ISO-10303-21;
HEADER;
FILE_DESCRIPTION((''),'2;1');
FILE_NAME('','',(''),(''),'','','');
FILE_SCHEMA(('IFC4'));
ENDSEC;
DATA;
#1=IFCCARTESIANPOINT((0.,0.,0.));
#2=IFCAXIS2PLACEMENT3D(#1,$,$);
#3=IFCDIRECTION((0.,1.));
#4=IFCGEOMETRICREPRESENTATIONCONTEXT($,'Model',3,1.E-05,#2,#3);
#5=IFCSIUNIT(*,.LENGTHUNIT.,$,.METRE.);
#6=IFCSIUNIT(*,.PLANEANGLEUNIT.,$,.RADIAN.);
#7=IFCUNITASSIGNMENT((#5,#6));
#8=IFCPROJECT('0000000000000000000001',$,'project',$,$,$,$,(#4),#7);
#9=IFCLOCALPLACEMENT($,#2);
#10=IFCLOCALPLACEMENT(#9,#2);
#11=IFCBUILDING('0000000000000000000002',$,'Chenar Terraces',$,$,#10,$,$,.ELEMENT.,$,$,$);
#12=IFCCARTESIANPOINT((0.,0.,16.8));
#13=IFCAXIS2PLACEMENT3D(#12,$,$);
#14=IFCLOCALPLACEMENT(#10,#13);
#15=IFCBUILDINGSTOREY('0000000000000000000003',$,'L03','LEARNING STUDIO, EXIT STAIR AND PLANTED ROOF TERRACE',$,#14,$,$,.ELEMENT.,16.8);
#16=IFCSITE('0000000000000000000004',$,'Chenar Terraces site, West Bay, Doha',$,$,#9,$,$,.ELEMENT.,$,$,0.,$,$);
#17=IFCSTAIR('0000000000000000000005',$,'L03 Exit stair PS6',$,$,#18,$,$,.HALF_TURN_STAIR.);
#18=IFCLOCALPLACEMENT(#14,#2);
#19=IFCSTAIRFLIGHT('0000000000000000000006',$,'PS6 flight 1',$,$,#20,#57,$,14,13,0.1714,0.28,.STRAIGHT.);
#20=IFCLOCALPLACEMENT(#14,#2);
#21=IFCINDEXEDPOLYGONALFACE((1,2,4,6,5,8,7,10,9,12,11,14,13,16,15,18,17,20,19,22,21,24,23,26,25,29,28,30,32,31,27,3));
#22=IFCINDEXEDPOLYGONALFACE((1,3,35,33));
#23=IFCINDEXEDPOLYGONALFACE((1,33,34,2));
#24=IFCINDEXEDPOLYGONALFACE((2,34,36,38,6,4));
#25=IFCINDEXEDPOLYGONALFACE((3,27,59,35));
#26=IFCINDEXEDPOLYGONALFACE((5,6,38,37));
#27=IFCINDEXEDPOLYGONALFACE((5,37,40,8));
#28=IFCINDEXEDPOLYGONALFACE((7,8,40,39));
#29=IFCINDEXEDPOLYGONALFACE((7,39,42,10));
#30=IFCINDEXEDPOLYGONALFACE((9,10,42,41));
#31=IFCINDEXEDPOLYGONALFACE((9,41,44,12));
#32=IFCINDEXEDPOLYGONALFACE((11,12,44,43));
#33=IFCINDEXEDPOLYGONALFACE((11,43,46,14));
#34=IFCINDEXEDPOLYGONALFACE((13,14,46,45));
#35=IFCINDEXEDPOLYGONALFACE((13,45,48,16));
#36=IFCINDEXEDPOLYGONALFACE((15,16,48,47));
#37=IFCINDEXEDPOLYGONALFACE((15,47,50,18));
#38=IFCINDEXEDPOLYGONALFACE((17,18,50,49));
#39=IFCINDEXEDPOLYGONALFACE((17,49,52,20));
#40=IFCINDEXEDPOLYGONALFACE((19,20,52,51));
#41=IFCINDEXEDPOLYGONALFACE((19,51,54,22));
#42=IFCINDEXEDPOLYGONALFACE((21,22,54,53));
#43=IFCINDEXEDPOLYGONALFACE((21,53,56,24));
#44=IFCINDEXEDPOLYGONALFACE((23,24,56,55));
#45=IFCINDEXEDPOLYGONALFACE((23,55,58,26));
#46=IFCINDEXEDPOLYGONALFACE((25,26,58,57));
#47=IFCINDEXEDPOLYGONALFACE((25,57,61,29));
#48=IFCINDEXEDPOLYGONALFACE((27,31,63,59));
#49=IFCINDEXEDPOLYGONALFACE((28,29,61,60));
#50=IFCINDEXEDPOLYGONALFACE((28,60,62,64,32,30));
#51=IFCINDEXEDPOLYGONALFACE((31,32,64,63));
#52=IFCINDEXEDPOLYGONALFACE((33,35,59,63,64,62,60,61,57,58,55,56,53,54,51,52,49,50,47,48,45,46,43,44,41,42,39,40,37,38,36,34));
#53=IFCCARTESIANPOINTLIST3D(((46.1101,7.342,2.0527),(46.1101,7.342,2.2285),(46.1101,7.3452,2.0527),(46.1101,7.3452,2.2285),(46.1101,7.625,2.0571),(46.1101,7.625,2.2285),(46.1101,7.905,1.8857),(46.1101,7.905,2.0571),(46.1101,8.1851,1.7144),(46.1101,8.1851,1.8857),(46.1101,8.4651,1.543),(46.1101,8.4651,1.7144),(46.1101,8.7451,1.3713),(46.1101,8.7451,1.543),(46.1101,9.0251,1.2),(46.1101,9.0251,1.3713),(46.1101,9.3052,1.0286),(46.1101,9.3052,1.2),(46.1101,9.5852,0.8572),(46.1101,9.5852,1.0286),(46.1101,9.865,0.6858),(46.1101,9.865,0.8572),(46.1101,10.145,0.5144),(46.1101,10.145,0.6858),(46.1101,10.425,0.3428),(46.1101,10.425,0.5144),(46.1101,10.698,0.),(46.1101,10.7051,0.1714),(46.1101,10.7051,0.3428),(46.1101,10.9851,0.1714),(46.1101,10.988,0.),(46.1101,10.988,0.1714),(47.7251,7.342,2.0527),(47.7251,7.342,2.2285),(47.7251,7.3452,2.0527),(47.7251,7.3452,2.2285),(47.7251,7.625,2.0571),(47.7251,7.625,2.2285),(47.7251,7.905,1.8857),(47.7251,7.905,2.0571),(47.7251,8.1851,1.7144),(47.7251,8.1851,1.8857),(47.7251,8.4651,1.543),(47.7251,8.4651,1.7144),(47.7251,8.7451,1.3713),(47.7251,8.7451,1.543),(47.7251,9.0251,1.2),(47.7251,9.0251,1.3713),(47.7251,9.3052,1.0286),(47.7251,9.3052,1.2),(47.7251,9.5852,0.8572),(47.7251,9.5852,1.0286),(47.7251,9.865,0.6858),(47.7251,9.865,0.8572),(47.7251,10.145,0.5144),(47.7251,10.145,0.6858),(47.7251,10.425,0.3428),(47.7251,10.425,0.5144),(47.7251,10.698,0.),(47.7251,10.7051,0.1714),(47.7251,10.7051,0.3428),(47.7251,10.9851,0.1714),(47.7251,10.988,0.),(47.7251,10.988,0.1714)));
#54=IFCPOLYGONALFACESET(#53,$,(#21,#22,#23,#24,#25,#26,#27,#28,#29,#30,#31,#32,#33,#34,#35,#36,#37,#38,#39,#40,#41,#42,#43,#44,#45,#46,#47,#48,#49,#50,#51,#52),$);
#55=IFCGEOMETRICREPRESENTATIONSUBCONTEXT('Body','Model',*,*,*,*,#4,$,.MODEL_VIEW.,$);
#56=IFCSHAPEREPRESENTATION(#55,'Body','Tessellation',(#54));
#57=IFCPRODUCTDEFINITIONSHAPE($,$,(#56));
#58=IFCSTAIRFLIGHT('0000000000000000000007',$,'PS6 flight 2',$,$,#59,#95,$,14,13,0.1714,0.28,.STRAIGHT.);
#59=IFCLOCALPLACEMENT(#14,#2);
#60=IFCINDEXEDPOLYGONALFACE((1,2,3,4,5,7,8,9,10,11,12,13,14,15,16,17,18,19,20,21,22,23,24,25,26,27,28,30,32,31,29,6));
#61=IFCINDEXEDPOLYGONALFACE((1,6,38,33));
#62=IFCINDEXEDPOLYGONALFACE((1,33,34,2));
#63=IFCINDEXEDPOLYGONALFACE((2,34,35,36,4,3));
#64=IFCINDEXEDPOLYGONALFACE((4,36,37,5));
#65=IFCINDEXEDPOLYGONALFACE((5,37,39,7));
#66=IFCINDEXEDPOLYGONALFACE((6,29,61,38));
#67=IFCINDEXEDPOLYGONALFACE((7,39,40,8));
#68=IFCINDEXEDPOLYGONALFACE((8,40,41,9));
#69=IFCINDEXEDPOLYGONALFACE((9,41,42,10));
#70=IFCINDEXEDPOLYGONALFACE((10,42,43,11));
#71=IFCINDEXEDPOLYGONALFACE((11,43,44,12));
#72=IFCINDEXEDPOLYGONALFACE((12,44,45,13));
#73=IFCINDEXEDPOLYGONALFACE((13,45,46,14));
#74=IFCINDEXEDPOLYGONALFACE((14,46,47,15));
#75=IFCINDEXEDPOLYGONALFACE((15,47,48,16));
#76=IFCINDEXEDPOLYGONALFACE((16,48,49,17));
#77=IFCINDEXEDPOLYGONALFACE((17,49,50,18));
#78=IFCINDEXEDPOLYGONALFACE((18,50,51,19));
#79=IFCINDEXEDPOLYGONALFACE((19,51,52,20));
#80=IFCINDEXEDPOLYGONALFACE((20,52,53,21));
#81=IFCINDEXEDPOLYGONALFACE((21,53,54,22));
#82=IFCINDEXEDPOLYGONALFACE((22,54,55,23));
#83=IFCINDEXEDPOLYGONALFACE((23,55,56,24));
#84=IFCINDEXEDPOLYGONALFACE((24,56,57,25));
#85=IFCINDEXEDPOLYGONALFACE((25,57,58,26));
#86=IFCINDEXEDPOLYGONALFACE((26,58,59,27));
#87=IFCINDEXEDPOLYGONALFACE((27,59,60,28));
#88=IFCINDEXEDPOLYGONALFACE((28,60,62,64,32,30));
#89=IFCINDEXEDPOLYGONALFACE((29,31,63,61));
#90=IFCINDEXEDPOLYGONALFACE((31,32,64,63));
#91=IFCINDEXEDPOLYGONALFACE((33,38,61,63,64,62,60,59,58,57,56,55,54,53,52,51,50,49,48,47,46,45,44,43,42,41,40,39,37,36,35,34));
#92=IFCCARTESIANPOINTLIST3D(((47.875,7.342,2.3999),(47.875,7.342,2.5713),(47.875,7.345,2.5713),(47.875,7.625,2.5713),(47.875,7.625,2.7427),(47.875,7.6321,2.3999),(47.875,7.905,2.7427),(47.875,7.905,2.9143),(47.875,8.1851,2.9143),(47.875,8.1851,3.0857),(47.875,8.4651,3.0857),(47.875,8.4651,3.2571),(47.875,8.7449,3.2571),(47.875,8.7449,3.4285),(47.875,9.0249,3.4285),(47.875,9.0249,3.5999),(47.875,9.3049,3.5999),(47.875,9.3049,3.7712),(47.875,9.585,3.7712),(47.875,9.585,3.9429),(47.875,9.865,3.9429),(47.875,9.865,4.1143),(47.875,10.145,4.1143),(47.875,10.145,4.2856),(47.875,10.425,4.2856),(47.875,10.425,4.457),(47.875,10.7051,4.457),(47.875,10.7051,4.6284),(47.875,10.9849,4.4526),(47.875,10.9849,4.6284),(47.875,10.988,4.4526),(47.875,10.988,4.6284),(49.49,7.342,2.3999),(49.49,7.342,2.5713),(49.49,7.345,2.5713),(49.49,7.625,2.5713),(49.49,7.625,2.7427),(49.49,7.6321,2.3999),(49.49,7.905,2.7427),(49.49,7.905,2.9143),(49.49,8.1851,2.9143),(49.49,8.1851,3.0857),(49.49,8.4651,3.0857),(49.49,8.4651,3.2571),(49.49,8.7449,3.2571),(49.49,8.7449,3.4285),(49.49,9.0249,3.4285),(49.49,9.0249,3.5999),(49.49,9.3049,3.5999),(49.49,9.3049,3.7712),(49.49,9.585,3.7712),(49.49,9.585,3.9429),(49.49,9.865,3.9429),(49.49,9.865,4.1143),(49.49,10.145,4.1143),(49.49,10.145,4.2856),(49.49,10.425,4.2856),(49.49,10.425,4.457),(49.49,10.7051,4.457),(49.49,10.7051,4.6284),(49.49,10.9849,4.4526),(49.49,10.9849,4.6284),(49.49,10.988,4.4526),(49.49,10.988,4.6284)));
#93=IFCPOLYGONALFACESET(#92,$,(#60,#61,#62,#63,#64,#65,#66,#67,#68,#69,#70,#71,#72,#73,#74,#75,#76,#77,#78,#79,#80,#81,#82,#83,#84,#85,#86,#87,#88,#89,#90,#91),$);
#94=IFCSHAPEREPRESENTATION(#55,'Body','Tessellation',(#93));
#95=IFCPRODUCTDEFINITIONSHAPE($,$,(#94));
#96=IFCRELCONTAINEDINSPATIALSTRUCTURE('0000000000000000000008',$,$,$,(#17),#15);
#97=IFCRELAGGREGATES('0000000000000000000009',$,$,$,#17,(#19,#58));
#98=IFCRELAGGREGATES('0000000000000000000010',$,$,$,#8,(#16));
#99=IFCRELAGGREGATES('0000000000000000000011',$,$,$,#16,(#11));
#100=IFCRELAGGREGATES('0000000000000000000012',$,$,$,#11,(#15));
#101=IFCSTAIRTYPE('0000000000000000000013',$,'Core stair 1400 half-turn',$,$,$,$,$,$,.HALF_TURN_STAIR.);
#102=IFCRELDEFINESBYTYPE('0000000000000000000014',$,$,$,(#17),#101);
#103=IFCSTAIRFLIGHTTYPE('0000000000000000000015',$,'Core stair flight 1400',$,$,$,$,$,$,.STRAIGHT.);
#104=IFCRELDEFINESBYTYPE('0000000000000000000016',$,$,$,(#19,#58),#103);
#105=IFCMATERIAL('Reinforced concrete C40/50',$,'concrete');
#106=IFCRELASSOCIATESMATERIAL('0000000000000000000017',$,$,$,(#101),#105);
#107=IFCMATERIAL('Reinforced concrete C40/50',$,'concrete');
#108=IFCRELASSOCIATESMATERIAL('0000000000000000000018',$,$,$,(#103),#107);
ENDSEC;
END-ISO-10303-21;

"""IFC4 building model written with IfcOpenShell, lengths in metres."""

from ifc_helpers import new_model, si_unit, direction, frame, origin, place, context, subcontext, project, spatial, polyline, outline, extrude, material, type_object, element, aggregate, save


model = new_model("IFC4")

# Units and contexts
model_context = context("Model", 3, precision=1e-05, world=origin(), true_north=direction((0.0, 1.0)))
body_context = subcontext(model_context, "Body", "Model", "MODEL_VIEW")
ifc_project = project(units=[si_unit("LENGTHUNIT", "METRE"), si_unit("PLANEANGLEUNIT", "RADIAN")], contexts=[model_context])

# Site, building, storey
site_placement = place(None, origin())
site = spatial("IfcSite", under=ifc_project, at=site_placement, Name="Chenar Terraces site, West Bay, Doha", CompositionType="ELEMENT", RefElevation=0.0)
building_placement = place(site_placement, origin())
building = spatial("IfcBuilding", under=site, at=building_placement, Name="Chenar Terraces", CompositionType="ELEMENT")
storey_placement = place(building_placement, frame((0.0, 0.0, 16.8)))
storey = spatial("IfcBuildingStorey", under=building, at=storey_placement, Name="L03", Description="LEARNING STUDIO, EXIT STAIR AND PLANTED ROOF TERRACE", CompositionType="ELEMENT", Elevation=16.8)

# Shared definitions
ifc_material_1 = material(Name="Reinforced concrete C40/50", Category="concrete")
stair_type = type_object("IfcStairType", Name="Core stair 1400 half-turn", PredefinedType="HALF_TURN_STAIR", material=ifc_material_1)
placement = place(storey_placement, origin())
ifc_material_2 = material(Name="Reinforced concrete C40/50", Category="concrete")
stair_flight_type = type_object("IfcStairFlightType", Name="Core stair flight 1400", PredefinedType="STRAIGHT", material=ifc_material_2)

# Stair, stair flights
stair_1 = element("IfcStair", 1, at=placement, inside=storey, type_object=stair_type, Name="L03 Exit stair PS6", PredefinedType="HALF_TURN_STAIR")
stair_flight_1_placement = place(storey_placement, frame((46.9175, 10.9851, 0.0), z_axis=(0.0, 0.0, 1.0), x_axis=(0.0, -1.0, 0.0)))
stair_flight_1 = element("IfcStairFlight", 2, at=stair_flight_1_placement, type_object=stair_flight_type, Name="PS6 flight 1", NumberOfRisers=14, NumberOfTreads=13, PredefinedType="STRAIGHT", RiserHeight=0.1714, TreadLength=0.28, context=body_context, shape_type="SweptSolid", body=[
    extrude(outline(polyline([(-0.0029, 0.0), (-0.0029, 0.1714), (0.0, 0.1714), (0.28, 0.1714), (0.28, 0.3428), (0.5601, 0.3428), (0.5601, 0.5144), (0.8401, 0.5144), (0.8401, 0.6858), (1.1201, 0.6858), (1.1201, 0.8572), (1.3999, 0.8572), (1.3999, 1.0286), (1.6799, 1.0286), (1.6799, 1.2), (1.96, 1.2), (1.96, 1.3713), (2.24, 1.3713), (2.24, 1.543), (2.52, 1.543), (2.52, 1.7144), (2.8, 1.7144), (2.8, 1.8857), (3.0801, 1.8857), (3.0801, 2.0571), (3.3601, 2.0571), (3.3601, 2.2285), (3.6399, 2.2285), (3.6431, 2.2285), (3.6431, 2.0527), (3.6399, 2.0527), (0.2871, 0.0), (-0.0029, 0.0)])), frame((0.0, 0.8076, 0.0), z_axis=(0.0, -1.0, 0.0), x_axis=(1.0, 0.0, 0.0)), (0.0, 0.0, 1.0), 1.615),
])
stair_flight_2_placement = place(storey_placement, frame((48.6826, 7.345, 2.3999), z_axis=(0.0, 0.0, 1.0), x_axis=(0.0, 1.0, 0.0)))
stair_flight_2 = element("IfcStairFlight", 3, at=stair_flight_2_placement, type_object=stair_flight_type, Name="PS6 flight 2", NumberOfRisers=14, NumberOfTreads=13, PredefinedType="STRAIGHT", RiserHeight=0.1714, TreadLength=0.28, context=body_context, shape_type="SweptSolid", body=[
    extrude(outline(polyline([(-0.0029, 0.0), (-0.0029, 0.1714), (0.0, 0.1714), (0.28, 0.1714), (0.28, 0.3428), (0.5601, 0.3428), (0.5601, 0.5144), (0.8401, 0.5144), (0.8401, 0.6858), (1.1201, 0.6858), (1.1201, 0.8572), (1.3999, 0.8572), (1.3999, 1.0286), (1.6799, 1.0286), (1.6799, 1.2), (1.96, 1.2), (1.96, 1.3713), (2.24, 1.3713), (2.24, 1.543), (2.52, 1.543), (2.52, 1.7144), (2.8, 1.7144), (2.8, 1.8857), (3.0801, 1.8857), (3.0801, 2.0571), (3.3601, 2.0571), (3.3601, 2.2285), (3.6399, 2.2285), (3.6431, 2.2285), (3.6431, 2.0527), (3.6399, 2.0527), (0.2871, 0.0), (-0.0029, 0.0)])), frame((0.0, 0.8076, 0.0), z_axis=(0.0, -1.0, 0.0), x_axis=(1.0, 0.0, 0.0)), (0.0, 0.0, 1.0), 1.615),
])
aggregate(stair_1, [stair_flight_1, stair_flight_2])

save(model, "model.ifc")
